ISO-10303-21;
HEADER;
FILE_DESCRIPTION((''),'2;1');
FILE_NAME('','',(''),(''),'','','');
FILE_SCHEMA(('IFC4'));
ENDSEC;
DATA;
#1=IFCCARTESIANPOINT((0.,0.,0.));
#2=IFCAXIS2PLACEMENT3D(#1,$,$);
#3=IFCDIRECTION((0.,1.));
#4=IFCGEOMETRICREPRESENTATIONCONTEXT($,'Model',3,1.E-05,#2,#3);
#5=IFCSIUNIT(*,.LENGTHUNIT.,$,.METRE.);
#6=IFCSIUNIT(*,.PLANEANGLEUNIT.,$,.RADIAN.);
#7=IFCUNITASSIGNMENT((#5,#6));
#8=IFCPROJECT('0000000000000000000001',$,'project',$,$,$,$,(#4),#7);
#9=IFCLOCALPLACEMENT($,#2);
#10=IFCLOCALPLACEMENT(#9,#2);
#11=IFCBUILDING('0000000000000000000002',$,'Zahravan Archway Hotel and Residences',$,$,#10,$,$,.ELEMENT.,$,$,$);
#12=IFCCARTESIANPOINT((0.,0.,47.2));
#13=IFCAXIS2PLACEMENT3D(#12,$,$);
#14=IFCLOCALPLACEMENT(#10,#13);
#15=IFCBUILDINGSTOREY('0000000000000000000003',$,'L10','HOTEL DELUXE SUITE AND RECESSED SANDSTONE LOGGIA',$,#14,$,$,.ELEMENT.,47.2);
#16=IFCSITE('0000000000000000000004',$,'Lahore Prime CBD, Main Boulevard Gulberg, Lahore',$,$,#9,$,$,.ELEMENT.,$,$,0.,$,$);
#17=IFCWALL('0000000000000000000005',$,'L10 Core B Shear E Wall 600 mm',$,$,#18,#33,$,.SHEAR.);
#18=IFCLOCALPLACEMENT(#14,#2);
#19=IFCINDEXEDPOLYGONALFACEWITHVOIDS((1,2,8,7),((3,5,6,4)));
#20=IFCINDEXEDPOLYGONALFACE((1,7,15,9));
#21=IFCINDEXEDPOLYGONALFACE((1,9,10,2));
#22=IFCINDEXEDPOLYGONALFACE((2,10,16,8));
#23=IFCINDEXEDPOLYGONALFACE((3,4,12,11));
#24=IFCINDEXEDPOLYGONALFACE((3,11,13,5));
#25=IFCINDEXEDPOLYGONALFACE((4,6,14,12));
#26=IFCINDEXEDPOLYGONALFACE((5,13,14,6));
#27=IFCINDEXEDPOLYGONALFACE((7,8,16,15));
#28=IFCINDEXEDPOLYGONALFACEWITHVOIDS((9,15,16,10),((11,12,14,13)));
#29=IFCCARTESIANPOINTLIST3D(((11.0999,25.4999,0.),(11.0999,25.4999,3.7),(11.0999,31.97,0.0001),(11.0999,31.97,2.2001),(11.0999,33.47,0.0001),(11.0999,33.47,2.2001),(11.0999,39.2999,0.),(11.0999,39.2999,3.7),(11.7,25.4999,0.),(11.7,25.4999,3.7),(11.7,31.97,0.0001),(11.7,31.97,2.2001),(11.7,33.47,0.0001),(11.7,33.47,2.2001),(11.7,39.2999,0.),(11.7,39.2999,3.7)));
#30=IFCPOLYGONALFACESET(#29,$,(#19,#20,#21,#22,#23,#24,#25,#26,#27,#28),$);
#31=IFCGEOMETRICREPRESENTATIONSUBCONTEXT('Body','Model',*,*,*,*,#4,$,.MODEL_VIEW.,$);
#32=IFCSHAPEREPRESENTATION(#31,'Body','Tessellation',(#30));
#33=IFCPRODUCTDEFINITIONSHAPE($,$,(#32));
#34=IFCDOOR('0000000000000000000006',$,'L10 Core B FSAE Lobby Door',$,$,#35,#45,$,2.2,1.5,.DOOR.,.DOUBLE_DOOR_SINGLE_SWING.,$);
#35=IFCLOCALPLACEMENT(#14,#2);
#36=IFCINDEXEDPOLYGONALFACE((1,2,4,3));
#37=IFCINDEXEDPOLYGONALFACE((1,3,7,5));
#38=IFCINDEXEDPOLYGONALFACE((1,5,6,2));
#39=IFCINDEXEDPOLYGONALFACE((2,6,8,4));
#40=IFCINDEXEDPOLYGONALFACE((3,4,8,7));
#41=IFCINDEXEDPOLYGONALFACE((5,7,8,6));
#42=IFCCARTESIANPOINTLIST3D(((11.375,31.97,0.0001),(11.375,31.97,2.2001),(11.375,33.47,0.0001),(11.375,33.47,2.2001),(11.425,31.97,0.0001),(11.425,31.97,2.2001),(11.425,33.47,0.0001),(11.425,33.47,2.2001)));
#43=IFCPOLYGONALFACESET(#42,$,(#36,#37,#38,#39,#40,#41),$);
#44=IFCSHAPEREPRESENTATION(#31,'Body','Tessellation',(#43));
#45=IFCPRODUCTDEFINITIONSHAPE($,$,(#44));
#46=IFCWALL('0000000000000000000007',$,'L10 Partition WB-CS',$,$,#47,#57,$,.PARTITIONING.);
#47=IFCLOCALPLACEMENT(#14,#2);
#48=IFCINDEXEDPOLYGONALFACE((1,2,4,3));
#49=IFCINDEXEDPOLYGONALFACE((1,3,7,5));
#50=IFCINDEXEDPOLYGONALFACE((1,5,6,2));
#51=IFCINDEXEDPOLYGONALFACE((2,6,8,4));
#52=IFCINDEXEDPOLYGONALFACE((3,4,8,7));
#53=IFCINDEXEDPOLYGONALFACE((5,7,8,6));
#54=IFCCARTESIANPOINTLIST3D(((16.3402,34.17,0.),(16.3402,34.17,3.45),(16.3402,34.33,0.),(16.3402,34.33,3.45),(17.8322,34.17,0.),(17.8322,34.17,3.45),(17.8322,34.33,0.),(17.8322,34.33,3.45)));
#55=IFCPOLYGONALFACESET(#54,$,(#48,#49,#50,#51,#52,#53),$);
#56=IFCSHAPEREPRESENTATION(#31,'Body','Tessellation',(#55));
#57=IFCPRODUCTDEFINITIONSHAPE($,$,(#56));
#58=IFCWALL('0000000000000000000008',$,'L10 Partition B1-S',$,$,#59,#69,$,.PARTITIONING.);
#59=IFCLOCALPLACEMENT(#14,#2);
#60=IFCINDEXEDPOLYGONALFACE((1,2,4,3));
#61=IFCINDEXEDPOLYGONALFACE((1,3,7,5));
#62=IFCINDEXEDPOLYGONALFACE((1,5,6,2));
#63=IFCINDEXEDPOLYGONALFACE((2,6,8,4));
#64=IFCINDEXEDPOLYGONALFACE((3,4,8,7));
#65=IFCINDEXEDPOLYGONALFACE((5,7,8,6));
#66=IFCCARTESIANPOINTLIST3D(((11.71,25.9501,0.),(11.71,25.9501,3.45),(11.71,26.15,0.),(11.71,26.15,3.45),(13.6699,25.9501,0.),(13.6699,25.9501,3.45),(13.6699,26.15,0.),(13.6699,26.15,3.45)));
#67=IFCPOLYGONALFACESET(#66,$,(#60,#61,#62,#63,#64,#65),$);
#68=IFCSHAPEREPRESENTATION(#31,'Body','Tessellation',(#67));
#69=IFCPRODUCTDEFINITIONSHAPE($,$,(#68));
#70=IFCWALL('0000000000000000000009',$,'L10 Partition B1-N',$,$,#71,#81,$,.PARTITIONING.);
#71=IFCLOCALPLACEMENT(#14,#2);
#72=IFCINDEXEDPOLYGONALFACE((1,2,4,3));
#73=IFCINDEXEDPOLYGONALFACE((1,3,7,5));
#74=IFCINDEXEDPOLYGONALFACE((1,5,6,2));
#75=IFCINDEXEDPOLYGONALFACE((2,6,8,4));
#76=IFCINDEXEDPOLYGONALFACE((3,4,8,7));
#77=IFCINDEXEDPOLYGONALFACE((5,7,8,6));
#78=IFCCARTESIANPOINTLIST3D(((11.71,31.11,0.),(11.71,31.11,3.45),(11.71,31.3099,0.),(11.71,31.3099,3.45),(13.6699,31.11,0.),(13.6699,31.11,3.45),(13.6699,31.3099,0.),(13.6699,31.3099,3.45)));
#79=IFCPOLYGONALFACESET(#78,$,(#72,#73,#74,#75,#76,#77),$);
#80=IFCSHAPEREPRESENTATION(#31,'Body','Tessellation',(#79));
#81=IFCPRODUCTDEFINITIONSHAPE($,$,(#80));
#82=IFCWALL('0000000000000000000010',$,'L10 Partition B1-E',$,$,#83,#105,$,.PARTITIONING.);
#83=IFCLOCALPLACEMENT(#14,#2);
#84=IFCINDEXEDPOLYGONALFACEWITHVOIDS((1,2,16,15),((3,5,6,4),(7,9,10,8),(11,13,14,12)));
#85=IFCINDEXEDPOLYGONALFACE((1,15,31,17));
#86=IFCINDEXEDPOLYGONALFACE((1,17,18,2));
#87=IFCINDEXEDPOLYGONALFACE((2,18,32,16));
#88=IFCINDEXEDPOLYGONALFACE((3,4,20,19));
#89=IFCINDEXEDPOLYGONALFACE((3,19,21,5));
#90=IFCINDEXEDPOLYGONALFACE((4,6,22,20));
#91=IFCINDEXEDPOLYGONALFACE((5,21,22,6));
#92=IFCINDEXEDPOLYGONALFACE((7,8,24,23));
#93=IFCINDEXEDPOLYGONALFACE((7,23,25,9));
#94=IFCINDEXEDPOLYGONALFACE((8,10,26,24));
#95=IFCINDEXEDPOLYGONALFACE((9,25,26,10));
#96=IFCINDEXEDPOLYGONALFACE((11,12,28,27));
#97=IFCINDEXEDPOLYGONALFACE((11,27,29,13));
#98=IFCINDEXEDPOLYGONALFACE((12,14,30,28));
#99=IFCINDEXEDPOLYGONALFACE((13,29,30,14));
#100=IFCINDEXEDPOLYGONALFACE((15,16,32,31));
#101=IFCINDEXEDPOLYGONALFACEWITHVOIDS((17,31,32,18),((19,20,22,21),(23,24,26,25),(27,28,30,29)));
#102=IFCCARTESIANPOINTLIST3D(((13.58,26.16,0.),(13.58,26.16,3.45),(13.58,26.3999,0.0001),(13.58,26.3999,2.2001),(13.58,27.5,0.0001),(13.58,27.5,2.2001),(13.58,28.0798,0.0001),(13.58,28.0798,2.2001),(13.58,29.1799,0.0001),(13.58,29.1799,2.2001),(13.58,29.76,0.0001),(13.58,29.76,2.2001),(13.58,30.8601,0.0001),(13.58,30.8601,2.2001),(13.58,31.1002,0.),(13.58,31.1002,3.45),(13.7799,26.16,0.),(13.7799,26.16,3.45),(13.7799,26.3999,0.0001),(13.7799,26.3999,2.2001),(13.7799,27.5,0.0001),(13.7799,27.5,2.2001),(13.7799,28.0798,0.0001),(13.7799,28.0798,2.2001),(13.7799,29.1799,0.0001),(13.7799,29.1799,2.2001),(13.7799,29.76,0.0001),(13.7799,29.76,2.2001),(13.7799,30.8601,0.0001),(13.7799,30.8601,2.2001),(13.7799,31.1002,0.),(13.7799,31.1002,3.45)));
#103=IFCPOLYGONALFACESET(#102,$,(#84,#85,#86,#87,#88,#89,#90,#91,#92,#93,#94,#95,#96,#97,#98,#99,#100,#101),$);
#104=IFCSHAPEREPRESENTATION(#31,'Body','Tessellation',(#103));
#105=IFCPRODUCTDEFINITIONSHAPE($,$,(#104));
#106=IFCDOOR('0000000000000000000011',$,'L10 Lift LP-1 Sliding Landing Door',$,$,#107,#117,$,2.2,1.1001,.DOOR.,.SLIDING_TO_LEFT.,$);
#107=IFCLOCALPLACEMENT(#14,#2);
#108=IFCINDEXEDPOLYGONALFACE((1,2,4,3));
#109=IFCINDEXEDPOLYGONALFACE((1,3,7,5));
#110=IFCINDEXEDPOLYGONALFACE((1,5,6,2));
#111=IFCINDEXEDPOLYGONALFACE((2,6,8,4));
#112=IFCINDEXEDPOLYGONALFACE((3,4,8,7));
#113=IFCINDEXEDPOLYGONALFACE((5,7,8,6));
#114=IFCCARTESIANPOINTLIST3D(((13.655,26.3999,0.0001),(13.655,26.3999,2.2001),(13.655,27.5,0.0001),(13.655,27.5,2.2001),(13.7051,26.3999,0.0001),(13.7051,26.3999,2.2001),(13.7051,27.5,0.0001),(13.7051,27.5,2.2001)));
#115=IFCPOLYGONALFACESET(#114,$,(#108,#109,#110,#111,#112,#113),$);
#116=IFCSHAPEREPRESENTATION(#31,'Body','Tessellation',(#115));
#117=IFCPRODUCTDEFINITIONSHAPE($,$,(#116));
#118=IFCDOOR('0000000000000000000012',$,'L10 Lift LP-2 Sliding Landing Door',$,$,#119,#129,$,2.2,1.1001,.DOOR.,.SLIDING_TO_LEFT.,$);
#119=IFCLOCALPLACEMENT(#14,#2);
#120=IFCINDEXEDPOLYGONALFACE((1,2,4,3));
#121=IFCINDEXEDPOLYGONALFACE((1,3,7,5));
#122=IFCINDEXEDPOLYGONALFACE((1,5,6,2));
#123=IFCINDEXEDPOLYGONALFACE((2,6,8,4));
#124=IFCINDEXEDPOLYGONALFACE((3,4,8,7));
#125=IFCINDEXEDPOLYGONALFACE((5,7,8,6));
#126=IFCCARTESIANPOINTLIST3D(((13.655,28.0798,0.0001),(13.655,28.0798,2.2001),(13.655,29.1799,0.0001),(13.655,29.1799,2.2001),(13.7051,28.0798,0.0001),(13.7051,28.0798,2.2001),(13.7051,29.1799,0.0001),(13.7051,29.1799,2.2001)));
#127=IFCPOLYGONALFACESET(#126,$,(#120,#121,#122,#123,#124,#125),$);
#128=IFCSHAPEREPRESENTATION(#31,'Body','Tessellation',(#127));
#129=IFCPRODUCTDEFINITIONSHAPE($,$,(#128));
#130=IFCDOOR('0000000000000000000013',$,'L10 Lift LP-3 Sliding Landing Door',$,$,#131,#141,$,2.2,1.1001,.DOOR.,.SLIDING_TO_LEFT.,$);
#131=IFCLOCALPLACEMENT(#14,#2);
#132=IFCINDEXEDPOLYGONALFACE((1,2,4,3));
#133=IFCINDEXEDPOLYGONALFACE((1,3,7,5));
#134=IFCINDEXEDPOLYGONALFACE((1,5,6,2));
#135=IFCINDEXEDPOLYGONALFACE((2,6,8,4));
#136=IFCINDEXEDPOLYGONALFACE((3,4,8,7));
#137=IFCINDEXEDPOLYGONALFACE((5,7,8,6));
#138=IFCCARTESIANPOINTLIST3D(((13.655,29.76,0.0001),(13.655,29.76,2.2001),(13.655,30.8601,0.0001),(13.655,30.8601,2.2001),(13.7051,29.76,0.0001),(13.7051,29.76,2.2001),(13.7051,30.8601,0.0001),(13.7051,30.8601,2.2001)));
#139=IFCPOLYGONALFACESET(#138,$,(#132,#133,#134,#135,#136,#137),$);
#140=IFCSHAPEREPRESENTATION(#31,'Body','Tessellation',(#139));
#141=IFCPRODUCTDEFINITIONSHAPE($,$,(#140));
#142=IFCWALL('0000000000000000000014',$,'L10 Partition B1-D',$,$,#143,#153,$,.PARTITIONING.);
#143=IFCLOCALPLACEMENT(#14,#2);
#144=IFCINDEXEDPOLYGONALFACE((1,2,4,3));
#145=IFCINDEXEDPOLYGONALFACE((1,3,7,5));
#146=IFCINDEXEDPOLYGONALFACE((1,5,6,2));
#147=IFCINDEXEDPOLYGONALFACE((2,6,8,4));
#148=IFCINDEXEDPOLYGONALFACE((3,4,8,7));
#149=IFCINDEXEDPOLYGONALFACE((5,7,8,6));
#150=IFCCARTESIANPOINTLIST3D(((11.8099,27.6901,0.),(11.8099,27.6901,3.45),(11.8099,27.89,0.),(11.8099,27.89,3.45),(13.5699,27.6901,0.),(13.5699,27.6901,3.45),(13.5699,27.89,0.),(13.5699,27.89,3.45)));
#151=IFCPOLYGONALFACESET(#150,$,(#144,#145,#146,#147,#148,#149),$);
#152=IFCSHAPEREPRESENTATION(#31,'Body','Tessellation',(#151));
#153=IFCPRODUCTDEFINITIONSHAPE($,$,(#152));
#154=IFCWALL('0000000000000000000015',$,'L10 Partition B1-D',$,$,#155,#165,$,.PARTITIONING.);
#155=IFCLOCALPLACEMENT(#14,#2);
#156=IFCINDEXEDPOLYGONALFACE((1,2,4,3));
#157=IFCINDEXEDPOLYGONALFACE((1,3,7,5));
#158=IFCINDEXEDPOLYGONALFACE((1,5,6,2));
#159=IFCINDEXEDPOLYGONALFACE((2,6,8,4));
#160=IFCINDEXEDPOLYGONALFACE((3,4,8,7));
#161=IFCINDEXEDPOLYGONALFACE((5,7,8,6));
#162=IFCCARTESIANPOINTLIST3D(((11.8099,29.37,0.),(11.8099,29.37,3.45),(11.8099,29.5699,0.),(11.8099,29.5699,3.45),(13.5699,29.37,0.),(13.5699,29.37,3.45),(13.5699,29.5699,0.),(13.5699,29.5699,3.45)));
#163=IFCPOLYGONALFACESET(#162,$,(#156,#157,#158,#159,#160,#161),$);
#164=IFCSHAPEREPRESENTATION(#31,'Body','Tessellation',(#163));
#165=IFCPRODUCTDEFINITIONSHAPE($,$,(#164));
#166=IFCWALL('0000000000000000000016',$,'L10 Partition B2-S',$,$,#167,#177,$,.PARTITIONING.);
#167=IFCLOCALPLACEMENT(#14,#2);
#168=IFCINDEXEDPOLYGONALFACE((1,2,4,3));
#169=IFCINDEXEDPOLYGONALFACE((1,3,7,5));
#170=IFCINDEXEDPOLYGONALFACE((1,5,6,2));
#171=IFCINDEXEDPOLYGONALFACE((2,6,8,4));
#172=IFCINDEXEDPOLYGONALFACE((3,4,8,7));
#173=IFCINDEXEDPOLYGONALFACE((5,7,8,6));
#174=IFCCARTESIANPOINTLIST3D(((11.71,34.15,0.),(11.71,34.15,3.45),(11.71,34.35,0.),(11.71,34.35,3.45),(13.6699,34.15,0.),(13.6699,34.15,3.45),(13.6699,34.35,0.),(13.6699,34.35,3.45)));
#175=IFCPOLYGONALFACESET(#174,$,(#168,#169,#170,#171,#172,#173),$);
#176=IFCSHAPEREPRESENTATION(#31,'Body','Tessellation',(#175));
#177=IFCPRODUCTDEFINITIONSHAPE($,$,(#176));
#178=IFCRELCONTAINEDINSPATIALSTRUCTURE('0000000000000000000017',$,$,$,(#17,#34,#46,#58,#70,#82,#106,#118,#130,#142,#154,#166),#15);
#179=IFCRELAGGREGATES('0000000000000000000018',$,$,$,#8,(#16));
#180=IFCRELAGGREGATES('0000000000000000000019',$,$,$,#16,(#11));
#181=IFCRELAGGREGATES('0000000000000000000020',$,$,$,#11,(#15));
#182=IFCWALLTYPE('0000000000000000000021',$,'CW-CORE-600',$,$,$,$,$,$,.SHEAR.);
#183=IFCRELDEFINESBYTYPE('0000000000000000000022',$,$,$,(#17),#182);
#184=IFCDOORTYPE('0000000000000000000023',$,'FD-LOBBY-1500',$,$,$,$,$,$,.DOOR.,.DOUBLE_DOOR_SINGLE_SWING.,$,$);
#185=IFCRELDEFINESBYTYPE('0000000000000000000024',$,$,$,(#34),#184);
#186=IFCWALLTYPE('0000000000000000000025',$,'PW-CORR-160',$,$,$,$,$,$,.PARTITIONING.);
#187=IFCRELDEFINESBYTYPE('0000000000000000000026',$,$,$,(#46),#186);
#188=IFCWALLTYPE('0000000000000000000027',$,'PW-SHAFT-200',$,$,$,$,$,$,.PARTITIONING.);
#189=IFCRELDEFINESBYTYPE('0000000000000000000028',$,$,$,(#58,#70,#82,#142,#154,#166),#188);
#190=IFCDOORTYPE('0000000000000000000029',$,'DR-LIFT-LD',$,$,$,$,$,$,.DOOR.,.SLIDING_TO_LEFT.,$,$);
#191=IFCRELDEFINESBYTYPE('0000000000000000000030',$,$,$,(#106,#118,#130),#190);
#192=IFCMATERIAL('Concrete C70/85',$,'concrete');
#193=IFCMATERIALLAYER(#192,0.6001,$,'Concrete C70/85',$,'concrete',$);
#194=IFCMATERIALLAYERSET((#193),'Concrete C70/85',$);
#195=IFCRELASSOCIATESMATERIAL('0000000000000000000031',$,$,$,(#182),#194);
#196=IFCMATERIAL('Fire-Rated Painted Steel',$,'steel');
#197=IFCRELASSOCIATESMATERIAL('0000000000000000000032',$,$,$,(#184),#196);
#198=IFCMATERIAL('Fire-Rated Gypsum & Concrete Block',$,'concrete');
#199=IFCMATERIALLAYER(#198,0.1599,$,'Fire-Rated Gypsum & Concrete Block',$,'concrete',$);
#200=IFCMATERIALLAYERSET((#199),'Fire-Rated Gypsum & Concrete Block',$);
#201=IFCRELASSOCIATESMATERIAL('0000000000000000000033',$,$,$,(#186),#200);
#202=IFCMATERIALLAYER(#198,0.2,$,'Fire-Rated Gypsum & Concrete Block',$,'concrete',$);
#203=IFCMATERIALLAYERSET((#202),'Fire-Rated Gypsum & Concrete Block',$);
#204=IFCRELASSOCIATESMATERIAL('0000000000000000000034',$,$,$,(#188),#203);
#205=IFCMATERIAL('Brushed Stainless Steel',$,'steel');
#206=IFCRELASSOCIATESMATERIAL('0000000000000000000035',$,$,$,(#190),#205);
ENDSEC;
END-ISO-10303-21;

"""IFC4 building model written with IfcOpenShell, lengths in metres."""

from ifc_helpers import new_model, si_unit, direction, frame, frame_2d, origin, place, context, subcontext, project, spatial, rectangle, extrude, source, transform, mapped, material, layer, layer_set, type_object, type_shapes, element, fill, save


model = new_model("IFC4")

# Units and contexts
model_context = context("Model", 3, precision=1e-05, world=origin(), true_north=direction((0.0, 1.0)))
body_context = subcontext(model_context, "Body", "Model", "MODEL_VIEW")
ifc_project = project(units=[si_unit("LENGTHUNIT", "METRE"), si_unit("PLANEANGLEUNIT", "RADIAN")], contexts=[model_context])

# Site, building, storey
site_placement = place(None, origin())
site = spatial("IfcSite", under=ifc_project, at=site_placement, Name="Lahore Prime CBD, Main Boulevard Gulberg, Lahore", CompositionType="ELEMENT", RefElevation=0.0)
building_placement = place(site_placement, origin())
building = spatial("IfcBuilding", under=site, at=building_placement, Name="Zahravan Archway Hotel and Residences", CompositionType="ELEMENT")
storey_placement = place(building_placement, frame((0.0, 0.0, 47.2)))
storey = spatial("IfcBuildingStorey", under=building, at=storey_placement, Name="L10", Description="HOTEL DELUXE SUITE AND RECESSED SANDSTONE LOGGIA", CompositionType="ELEMENT", Elevation=47.2)

# Shared definitions
ifc_material_1 = material(Name="Concrete C70/85", Category="concrete")

# Wall, opening, door
ifc_layer_1 = layer(ifc_material_1, 0.6001, Name="Concrete C70/85", Category="concrete")
ifc_layer_set_1 = layer_set([ifc_layer_1], Name="Concrete C70/85")
wall_type_1 = type_object("IfcWallType", Name="CW-CORE-600", PredefinedType="SHEAR", material=ifc_layer_set_1)
wall_1_placement = place(storey_placement, frame((11.3999, 25.5, 0.0), z_axis=(0.0, 0.0, 1.0), x_axis=(0.0, 1.0, 0.0)))
wall_1 = element("IfcWall", 1, at=wall_1_placement, inside=storey, type_object=wall_type_1, Name="L10 Core B Shear E Wall 600 mm", PredefinedType="SHEAR", context=body_context, shape_type="SweptSolid", body=[
    extrude(rectangle(XDim=13.8, YDim=0.6001, at=frame_2d((6.8999, 0.0))), origin(), (0.0, 0.0, 1.0), 3.7),
])
opening_1_placement = place(wall_1_placement, frame((6.47, 0.0, 0.0)))
opening_1 = element("IfcOpeningElement", 2, at=opening_1_placement, cuts=wall_1, PredefinedType="OPENING", context=body_context, shape_type="SweptSolid", body=[
    extrude(rectangle(XDim=1.5, YDim=2.2, at=frame_2d((0.75, 1.1001))), frame((0.0, 0.3101, 0.0), z_axis=(0.0, -1.0, 0.0), x_axis=(1.0, 0.0, 0.0)), (0.0, 0.0, 1.0), 0.6201),
])
ifc_material_2 = material(Name="Fire-Rated Painted Steel", Category="steel")
door_type_1 = type_object("IfcDoorType", Name="FD-LOBBY-1500", OperationType="DOUBLE_DOOR_SINGLE_SWING", PredefinedType="DOOR", material=ifc_material_2)
shared_shape_1 = source(origin(), body_context, "Body", "SweptSolid", [
    extrude(rectangle(XDim=1.5, YDim=2.2, at=frame_2d((0.75, 1.1001))), frame((0.0, 0.0249, 0.0), z_axis=(0.0, -1.0, 0.0), x_axis=(1.0, 0.0, 0.0)), (0.0, 0.0, 1.0), 0.05),
])
type_shapes(door_type_1, [shared_shape_1])
door_1_placement = place(opening_1_placement, origin())
door_1 = element("IfcDoor", 3, at=door_1_placement, inside=storey, type_object=door_type_1, Name="L10 Core B FSAE Lobby Door", OperationType="DOUBLE_DOOR_SINGLE_SWING", OverallHeight=2.2, OverallWidth=1.5, PredefinedType="DOOR", context=body_context, shape_type="MappedRepresentation", body=[
    mapped(shared_shape_1, transform((0.0, 0.0, 0.0), scale=1.0)),
])
fill(opening_1, door_1)

# Walls
ifc_material_3 = material(Name="Fire-Rated Gypsum & Concrete Block", Category="concrete")
ifc_layer_2 = layer(ifc_material_3, 0.1599, Name="Fire-Rated Gypsum & Concrete Block", Category="concrete")
ifc_layer_set_2 = layer_set([ifc_layer_2], Name="Fire-Rated Gypsum & Concrete Block")
wall_type_2 = type_object("IfcWallType", Name="PW-CORR-160", PredefinedType="PARTITIONING", material=ifc_layer_set_2)
wall_2_placement = place(storey_placement, frame((16.3401, 34.25, 0.0), z_axis=(0.0, 0.0, 1.0), x_axis=(1.0, 0.0, 0.0)))
element("IfcWall", 4, at=wall_2_placement, inside=storey, type_object=wall_type_2, Name="L10 Partition WB-CS", PredefinedType="PARTITIONING", context=body_context, shape_type="SweptSolid", body=[
    extrude(rectangle(XDim=1.4919, YDim=0.1599, at=frame_2d((0.7461, 0.0))), origin(), (0.0, 0.0, 1.0), 3.45),
])
ifc_layer_3 = layer(ifc_material_3, 0.2, Name="Fire-Rated Gypsum & Concrete Block", Category="concrete")
ifc_layer_set_3 = layer_set([ifc_layer_3], Name="Fire-Rated Gypsum & Concrete Block")
wall_type_3 = type_object("IfcWallType", Name="PW-SHAFT-200", PredefinedType="PARTITIONING", material=ifc_layer_set_3)
for number, where, z_axis, x_axis, name in (
    (5, (11.71, 26.05, 0.0), (0.0, 0.0, 1.0), (1.0, 0.0, 0.0), "L10 Partition B1-S"),
    (6, (11.71, 31.21, 0.0), (0.0, 0.0, 1.0), (1.0, 0.0, 0.0), "L10 Partition B1-N"),
):
    element("IfcWall", number, at=place(storey_placement, frame(where, z_axis=z_axis, x_axis=x_axis)), inside=storey, type_object=wall_type_3, Name=name, PredefinedType="PARTITIONING", context=body_context, shape_type="SweptSolid", body=[
        extrude(rectangle(XDim=1.96, YDim=0.2, at=frame_2d((0.98, 0.0))), origin(), (0.0, 0.0, 1.0), 3.45),
    ])

# Wall, openings, doors
wall_3_placement = place(storey_placement, frame((13.6799, 26.1599, 0.0), z_axis=(0.0, 0.0, 1.0), x_axis=(0.0, 1.0, 0.0)))
wall_3 = element("IfcWall", 7, at=wall_3_placement, inside=storey, type_object=wall_type_3, Name="L10 Partition B1-E", PredefinedType="PARTITIONING", context=body_context, shape_type="SweptSolid", body=[
    extrude(rectangle(XDim=4.9402, YDim=0.2, at=frame_2d((2.4702, 0.0))), origin(), (0.0, 0.0, 1.0), 3.45),
])
opening_2_placement = place(wall_3_placement, frame((0.24, 0.0, 0.0)))
opening_2 = element("IfcOpeningElement", 8, at=opening_2_placement, cuts=wall_3, PredefinedType="OPENING", context=body_context, shape_type="SweptSolid", body=[
    extrude(rectangle(XDim=1.1001, YDim=2.2, at=frame_2d((0.55, 1.1001))), frame((0.0, 0.1099, 0.0), z_axis=(0.0, -1.0, 0.0), x_axis=(1.0, 0.0, 0.0)), (0.0, 0.0, 1.0), 0.22),
])
opening_3_placement = place(wall_3_placement, frame((1.9199, 0.0, 0.0)))
opening_3 = element("IfcOpeningElement", 9, at=opening_3_placement, cuts=wall_3, PredefinedType="OPENING", context=body_context, shape_type="SweptSolid", body=[
    extrude(rectangle(XDim=1.1001, YDim=2.2, at=frame_2d((0.55, 1.1001))), frame((0.0, 0.1099, 0.0), z_axis=(0.0, -1.0, 0.0), x_axis=(1.0, 0.0, 0.0)), (0.0, 0.0, 1.0), 0.22),
])
opening_4_placement = place(wall_3_placement, frame((3.6001, 0.0, 0.0)))
opening_4 = element("IfcOpeningElement", 10, at=opening_4_placement, cuts=wall_3, PredefinedType="OPENING", context=body_context, shape_type="SweptSolid", body=[
    extrude(rectangle(XDim=1.1001, YDim=2.2, at=frame_2d((0.55, 1.1001))), frame((0.0, 0.1099, 0.0), z_axis=(0.0, -1.0, 0.0), x_axis=(1.0, 0.0, 0.0)), (0.0, 0.0, 1.0), 0.22),
])
ifc_material_4 = material(Name="Brushed Stainless Steel", Category="steel")
door_type_2 = type_object("IfcDoorType", Name="DR-LIFT-LD", OperationType="SLIDING_TO_LEFT", PredefinedType="DOOR", material=ifc_material_4)
shared_shape_2 = source(origin(), body_context, "Body", "SweptSolid", [
    extrude(rectangle(XDim=1.1001, YDim=2.2, at=frame_2d((0.55, 1.1001))), frame((0.0, 0.0249, 0.0), z_axis=(0.0, -1.0, 0.0), x_axis=(1.0, 0.0, 0.0)), (0.0, 0.0, 1.0), 0.05),
])
type_shapes(door_type_2, [shared_shape_2])
door_2_placement = place(opening_2_placement, origin())
door_2 = element("IfcDoor", 11, at=door_2_placement, inside=storey, type_object=door_type_2, Name="L10 Lift LP-1 Sliding Landing Door", OperationType="SLIDING_TO_LEFT", OverallHeight=2.2, OverallWidth=1.1001, PredefinedType="DOOR", context=body_context, shape_type="MappedRepresentation", body=[
    mapped(shared_shape_2, transform((0.0, 0.0, 0.0), scale=1.0)),
])
fill(opening_2, door_2)
door_3_placement = place(opening_3_placement, origin())
door_3 = element("IfcDoor", 12, at=door_3_placement, inside=storey, type_object=door_type_2, Name="L10 Lift LP-2 Sliding Landing Door", OperationType="SLIDING_TO_LEFT", OverallHeight=2.2, OverallWidth=1.1001, PredefinedType="DOOR", context=body_context, shape_type="MappedRepresentation", body=[
    mapped(shared_shape_2, transform((0.0, 0.0, 0.0), scale=1.0)),
])
fill(opening_3, door_3)
door_4_placement = place(opening_4_placement, origin())
door_4 = element("IfcDoor", 13, at=door_4_placement, inside=storey, type_object=door_type_2, Name="L10 Lift LP-3 Sliding Landing Door", OperationType="SLIDING_TO_LEFT", OverallHeight=2.2, OverallWidth=1.1001, PredefinedType="DOOR", context=body_context, shape_type="MappedRepresentation", body=[
    mapped(shared_shape_2, transform((0.0, 0.0, 0.0), scale=1.0)),
])
fill(opening_4, door_4)

# Walls
for number, where, z_axis, x_axis, name in (
    (14, (11.8101, 27.79, 0.0), (0.0, 0.0, 1.0), (1.0, 0.0, 0.0), "L10 Partition B1-D"),
    (15, (11.8101, 29.47, 0.0), (0.0, 0.0, 1.0), (1.0, 0.0, 0.0), "L10 Partition B1-D"),
):
    element("IfcWall", number, at=place(storey_placement, frame(where, z_axis=z_axis, x_axis=x_axis)), inside=storey, type_object=wall_type_3, Name=name, PredefinedType="PARTITIONING", context=body_context, shape_type="SweptSolid", body=[
        extrude(rectangle(XDim=1.76, YDim=0.2, at=frame_2d((0.8799, 0.0))), origin(), (0.0, 0.0, 1.0), 3.45),
    ])
wall_4_placement = place(storey_placement, frame((11.71, 34.25, 0.0), z_axis=(0.0, 0.0, 1.0), x_axis=(1.0, 0.0, 0.0)))
element("IfcWall", 16, at=wall_4_placement, inside=storey, type_object=wall_type_3, Name="L10 Partition B2-S", PredefinedType="PARTITIONING", context=body_context, shape_type="SweptSolid", body=[
    extrude(rectangle(XDim=1.96, YDim=0.2, at=frame_2d((0.98, 0.0))), origin(), (0.0, 0.0, 1.0), 3.45),
])

save(model, "model.ifc")
